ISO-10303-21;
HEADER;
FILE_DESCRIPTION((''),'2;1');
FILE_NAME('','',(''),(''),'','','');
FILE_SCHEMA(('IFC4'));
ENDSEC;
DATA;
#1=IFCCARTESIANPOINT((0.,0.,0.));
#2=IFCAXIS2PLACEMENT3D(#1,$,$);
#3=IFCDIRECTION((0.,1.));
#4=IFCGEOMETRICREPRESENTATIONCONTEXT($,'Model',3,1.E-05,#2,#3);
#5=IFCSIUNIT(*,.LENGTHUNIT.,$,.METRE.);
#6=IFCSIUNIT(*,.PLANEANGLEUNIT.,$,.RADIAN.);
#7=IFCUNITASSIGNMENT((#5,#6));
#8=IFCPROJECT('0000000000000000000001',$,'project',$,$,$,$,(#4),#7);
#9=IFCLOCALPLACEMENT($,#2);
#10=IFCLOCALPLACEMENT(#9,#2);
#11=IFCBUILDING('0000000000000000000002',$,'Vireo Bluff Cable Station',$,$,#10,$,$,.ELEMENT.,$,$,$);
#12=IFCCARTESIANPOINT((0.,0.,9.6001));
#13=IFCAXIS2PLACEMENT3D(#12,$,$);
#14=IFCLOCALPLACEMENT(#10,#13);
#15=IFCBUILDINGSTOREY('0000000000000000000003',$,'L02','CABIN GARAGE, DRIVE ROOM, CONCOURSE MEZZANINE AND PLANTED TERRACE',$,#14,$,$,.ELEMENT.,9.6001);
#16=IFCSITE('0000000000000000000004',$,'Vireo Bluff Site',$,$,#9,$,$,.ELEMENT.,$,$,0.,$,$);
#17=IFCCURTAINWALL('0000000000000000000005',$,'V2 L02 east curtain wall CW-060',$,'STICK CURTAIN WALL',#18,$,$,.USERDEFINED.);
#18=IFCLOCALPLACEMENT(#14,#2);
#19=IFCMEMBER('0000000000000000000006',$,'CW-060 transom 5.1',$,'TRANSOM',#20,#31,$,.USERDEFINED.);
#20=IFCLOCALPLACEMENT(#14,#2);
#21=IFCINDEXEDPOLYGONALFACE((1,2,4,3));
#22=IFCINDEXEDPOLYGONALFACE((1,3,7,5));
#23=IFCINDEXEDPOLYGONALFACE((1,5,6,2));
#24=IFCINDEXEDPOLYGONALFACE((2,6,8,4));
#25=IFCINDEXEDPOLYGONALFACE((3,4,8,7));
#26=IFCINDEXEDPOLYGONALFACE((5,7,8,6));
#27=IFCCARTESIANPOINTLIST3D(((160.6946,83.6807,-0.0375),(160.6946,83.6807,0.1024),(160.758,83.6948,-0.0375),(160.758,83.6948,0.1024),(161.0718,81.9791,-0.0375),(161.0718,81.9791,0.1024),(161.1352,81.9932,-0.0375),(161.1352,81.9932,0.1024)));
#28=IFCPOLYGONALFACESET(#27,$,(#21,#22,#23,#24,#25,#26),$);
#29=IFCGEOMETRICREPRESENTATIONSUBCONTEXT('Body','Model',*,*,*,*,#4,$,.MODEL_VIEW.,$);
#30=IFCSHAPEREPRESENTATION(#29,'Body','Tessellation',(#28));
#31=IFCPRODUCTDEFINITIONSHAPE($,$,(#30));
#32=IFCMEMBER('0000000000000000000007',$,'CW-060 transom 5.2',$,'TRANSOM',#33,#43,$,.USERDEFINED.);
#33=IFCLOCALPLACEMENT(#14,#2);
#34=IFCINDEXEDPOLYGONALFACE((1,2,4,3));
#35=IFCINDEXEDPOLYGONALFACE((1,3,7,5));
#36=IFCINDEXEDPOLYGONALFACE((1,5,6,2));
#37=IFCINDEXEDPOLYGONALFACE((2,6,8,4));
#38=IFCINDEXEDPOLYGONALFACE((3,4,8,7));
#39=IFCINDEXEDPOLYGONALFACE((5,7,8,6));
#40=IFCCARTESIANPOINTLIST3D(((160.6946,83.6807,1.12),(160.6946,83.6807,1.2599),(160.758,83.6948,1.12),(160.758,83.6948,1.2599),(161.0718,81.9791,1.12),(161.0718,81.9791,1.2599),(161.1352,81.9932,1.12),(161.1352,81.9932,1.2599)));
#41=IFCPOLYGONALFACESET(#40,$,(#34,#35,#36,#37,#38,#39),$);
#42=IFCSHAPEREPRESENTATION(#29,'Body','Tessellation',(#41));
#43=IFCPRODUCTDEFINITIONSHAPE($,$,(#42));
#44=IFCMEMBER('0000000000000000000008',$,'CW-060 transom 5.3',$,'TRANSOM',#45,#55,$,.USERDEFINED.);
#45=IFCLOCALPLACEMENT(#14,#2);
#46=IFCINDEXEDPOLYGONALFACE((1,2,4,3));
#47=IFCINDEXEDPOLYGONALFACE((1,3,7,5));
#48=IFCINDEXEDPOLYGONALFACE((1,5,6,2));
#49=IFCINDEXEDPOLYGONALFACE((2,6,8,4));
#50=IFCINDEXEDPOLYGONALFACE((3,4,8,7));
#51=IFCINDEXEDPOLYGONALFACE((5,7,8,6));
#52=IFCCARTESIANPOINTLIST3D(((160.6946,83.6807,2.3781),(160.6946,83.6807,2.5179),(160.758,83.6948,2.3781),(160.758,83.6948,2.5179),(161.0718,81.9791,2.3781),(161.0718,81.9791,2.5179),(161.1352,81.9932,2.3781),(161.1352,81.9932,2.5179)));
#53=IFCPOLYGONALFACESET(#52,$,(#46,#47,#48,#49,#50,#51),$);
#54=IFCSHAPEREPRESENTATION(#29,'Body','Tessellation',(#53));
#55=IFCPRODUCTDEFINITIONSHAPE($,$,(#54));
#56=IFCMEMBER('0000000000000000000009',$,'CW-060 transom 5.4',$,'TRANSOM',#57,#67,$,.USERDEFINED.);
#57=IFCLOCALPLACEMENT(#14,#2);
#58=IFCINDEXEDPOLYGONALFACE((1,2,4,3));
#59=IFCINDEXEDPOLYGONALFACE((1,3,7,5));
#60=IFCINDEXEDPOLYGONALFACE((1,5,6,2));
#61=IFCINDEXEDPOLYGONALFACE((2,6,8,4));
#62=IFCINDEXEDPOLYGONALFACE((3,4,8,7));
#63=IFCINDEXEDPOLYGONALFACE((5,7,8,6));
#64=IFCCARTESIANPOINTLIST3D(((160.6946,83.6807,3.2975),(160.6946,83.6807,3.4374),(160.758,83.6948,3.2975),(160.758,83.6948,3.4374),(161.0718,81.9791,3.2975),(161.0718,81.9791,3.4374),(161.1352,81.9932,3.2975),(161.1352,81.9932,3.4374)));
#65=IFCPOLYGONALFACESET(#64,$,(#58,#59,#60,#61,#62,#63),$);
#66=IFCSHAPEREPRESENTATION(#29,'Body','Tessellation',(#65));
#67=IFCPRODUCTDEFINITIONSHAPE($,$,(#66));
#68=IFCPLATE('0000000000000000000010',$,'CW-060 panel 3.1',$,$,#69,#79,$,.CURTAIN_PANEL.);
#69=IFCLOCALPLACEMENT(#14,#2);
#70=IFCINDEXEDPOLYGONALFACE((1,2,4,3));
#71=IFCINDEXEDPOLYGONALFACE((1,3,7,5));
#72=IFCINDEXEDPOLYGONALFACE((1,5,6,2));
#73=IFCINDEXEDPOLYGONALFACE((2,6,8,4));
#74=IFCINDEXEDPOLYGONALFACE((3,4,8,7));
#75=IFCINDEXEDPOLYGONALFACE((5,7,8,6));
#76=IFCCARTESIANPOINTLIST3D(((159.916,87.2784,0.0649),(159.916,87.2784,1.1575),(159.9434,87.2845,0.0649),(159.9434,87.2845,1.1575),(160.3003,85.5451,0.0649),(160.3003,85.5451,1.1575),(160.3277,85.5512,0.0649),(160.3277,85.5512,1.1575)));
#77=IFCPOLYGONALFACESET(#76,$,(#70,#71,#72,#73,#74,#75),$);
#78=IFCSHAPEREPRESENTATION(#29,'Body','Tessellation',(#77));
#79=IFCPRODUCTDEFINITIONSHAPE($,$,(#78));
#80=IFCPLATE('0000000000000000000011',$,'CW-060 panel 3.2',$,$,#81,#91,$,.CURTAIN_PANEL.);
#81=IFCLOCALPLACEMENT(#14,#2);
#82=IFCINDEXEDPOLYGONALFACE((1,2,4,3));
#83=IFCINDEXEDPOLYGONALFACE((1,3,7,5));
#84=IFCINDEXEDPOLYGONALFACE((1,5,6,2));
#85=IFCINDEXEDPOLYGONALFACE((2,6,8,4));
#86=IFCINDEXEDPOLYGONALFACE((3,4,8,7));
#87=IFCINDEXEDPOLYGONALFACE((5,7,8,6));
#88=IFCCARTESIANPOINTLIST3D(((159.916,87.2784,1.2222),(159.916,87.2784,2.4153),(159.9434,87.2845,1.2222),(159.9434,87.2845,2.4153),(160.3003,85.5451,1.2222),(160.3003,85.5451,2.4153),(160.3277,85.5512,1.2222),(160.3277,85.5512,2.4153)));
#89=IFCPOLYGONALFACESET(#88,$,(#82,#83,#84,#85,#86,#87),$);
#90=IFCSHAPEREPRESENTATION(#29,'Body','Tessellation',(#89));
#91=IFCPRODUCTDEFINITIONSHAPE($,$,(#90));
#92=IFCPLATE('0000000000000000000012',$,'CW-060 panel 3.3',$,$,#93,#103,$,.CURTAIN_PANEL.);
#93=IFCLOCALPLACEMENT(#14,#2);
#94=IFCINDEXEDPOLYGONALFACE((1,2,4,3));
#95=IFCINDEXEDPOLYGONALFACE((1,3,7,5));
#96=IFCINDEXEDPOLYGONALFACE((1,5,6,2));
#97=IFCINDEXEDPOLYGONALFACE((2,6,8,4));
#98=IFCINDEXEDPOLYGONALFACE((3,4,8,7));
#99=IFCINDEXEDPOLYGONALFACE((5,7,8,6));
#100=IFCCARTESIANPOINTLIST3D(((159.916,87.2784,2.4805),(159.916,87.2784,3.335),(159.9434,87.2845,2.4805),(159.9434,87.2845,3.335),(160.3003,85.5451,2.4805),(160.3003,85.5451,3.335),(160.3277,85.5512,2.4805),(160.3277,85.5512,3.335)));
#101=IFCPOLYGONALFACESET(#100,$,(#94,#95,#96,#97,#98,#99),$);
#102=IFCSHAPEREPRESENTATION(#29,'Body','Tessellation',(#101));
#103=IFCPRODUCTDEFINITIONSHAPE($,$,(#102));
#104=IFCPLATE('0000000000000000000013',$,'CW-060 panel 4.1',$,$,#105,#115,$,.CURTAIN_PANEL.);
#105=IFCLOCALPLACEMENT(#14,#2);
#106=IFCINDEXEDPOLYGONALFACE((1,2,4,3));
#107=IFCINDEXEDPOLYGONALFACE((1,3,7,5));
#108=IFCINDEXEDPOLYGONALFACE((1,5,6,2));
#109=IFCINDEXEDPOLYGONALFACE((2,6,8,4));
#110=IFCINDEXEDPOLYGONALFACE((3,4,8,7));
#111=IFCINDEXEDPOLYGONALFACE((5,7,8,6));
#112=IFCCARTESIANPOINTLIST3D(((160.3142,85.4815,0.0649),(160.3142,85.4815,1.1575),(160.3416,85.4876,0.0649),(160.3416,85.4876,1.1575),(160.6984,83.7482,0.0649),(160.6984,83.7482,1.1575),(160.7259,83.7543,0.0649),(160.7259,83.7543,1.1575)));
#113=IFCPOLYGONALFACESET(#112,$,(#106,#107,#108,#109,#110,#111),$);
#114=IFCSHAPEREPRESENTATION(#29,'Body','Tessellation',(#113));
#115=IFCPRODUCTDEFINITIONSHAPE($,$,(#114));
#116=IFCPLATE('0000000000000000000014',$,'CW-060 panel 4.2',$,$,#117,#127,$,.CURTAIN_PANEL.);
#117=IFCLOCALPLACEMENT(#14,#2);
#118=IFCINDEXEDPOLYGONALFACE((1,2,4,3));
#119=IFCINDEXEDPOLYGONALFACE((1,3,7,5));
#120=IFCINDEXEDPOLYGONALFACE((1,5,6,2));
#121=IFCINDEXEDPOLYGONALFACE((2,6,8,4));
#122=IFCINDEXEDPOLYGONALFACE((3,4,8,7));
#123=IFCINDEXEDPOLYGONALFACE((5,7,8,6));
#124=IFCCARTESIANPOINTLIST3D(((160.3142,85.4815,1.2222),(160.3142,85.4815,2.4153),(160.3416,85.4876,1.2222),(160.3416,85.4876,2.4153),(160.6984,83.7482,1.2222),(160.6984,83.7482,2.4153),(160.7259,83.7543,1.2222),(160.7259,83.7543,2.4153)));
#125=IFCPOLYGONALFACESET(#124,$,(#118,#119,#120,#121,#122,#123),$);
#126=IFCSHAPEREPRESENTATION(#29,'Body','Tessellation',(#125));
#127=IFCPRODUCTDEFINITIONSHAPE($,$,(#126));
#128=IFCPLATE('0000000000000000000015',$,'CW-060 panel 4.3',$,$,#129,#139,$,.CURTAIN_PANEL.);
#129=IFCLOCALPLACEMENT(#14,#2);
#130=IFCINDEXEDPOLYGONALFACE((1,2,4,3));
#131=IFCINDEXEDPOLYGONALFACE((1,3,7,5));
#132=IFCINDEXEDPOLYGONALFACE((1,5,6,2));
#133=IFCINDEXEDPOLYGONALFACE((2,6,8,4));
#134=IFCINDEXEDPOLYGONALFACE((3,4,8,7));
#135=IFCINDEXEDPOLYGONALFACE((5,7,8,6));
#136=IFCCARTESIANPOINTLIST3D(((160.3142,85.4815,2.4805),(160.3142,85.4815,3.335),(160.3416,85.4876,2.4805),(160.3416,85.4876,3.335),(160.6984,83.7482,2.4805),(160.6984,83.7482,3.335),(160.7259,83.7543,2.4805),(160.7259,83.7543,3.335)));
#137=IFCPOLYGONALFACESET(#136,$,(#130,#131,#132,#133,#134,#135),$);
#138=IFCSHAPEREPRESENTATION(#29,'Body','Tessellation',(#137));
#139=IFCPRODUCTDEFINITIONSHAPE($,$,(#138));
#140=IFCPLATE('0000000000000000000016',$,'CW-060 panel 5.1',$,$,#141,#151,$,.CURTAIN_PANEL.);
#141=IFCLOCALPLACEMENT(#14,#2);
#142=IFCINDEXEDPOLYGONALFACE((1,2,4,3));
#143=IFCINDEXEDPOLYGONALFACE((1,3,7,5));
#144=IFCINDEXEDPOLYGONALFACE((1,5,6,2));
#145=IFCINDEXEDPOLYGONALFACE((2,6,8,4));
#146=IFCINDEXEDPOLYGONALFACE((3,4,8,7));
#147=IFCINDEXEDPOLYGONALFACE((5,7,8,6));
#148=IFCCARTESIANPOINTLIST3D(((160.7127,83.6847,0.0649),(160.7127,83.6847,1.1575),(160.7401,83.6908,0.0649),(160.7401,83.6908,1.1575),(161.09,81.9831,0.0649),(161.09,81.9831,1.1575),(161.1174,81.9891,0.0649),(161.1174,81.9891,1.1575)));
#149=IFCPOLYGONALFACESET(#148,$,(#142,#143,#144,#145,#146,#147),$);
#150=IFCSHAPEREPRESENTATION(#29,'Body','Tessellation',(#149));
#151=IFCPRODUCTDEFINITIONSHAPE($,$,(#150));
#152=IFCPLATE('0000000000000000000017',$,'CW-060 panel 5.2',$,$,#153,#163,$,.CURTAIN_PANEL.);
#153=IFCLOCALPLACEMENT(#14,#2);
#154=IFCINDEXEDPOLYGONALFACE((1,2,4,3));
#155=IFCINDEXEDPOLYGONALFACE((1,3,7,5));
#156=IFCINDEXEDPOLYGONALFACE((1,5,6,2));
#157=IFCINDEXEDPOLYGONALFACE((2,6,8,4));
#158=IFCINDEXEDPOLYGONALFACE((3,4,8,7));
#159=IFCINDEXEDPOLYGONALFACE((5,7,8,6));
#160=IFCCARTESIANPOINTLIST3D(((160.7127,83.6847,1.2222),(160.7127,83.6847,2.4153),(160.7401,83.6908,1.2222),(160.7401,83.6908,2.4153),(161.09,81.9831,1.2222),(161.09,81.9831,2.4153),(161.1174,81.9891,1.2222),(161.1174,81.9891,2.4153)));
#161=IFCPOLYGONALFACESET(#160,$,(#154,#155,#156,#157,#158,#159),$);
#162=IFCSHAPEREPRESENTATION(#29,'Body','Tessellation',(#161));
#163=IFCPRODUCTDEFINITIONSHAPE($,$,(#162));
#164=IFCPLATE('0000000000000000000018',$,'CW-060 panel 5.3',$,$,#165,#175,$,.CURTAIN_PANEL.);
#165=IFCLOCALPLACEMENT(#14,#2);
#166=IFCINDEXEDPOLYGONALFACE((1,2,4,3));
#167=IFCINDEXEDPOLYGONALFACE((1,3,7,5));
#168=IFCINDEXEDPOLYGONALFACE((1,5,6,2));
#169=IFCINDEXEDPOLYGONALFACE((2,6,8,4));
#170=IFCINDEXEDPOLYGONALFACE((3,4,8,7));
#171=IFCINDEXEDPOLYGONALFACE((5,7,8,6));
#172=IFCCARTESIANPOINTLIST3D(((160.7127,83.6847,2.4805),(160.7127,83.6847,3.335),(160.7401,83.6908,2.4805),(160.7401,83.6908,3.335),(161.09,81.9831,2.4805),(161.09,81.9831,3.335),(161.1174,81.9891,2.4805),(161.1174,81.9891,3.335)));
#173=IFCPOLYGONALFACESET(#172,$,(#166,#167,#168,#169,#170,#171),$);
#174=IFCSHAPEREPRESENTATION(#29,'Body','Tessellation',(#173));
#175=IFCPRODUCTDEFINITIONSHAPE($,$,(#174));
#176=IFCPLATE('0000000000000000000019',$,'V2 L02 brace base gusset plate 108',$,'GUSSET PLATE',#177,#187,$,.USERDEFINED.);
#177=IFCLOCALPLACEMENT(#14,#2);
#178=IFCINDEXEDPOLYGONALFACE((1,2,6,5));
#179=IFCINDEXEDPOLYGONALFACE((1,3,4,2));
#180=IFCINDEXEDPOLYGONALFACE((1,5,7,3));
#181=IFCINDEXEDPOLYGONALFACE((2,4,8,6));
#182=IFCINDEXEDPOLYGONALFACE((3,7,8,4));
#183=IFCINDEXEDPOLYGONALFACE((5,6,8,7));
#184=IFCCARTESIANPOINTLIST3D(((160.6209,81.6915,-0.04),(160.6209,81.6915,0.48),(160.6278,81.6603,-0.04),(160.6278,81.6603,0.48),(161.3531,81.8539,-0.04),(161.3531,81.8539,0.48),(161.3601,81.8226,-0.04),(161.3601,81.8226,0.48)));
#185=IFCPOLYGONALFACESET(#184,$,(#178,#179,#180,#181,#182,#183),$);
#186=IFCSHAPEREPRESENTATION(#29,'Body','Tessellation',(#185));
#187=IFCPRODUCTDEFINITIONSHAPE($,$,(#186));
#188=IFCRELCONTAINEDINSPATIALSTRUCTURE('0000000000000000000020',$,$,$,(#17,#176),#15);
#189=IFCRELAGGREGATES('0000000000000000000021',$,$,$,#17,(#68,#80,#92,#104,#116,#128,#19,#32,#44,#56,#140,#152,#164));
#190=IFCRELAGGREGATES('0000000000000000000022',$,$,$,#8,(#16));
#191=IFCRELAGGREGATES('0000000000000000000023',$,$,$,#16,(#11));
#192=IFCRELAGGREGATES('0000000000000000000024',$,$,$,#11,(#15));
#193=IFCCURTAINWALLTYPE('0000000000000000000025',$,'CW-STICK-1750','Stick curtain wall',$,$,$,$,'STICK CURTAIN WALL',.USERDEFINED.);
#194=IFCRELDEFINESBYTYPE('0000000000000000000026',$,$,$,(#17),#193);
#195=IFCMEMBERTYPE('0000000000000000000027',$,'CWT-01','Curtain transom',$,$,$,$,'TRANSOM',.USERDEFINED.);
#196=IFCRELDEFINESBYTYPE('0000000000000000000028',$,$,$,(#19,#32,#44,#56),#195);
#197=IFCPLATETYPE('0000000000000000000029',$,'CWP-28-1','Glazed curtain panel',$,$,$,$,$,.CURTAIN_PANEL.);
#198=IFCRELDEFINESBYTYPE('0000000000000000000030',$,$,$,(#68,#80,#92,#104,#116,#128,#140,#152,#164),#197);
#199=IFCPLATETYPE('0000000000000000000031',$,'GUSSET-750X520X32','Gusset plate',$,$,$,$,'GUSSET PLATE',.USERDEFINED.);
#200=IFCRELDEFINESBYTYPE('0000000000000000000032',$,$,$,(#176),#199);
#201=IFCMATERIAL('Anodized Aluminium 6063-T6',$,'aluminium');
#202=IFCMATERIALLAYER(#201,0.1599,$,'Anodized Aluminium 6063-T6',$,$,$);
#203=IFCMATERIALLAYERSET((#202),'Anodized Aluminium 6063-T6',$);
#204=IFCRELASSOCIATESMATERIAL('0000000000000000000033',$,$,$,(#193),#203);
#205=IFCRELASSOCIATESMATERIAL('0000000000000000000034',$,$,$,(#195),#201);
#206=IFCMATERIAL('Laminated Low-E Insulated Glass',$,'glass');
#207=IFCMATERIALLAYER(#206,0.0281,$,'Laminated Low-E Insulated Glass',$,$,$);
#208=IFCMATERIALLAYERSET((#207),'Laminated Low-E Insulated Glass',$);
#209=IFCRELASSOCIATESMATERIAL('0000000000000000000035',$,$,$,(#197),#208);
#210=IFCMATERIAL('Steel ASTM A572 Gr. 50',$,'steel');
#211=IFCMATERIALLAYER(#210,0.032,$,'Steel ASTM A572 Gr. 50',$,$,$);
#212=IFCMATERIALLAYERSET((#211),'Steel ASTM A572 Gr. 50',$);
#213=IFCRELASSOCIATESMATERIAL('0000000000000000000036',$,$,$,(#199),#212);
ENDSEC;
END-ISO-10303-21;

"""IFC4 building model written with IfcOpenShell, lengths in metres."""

from ifc_helpers import new_model, si_unit, direction, frame, origin, origin_2d, place, context, subcontext, project, spatial, rectangle, extrude, material, layer, layer_set, material_profile, profile_set, type_object, element, aggregate, save


model = new_model("IFC4")

# Units and contexts
model_context = context("Model", 3, precision=1e-05, world=origin(), true_north=direction((0.0, 1.0)))
body_context = subcontext(model_context, "Body", "Model", "MODEL_VIEW")
ifc_project = project(units=[si_unit("LENGTHUNIT", "METRE"), si_unit("PLANEANGLEUNIT", "RADIAN")], contexts=[model_context])

# Site, building, storey
site_placement = place(None, origin())
site = spatial("IfcSite", under=ifc_project, at=site_placement, Name="Vireo Bluff Site", CompositionType="ELEMENT", RefElevation=0.0)
building_placement = place(site_placement, origin())
building = spatial("IfcBuilding", under=site, at=building_placement, Name="Vireo Bluff Cable Station", CompositionType="ELEMENT")
storey_placement = place(building_placement, frame((0.0, 0.0, 9.6001)))
storey = spatial("IfcBuildingStorey", under=building, at=storey_placement, Name="L02", Description="CABIN GARAGE, DRIVE ROOM, CONCOURSE MEZZANINE AND PLANTED TERRACE", CompositionType="ELEMENT", Elevation=9.6001)

# Curtain wall, members, plates
ifc_material_1 = material(Name="Anodized Aluminium 6063-T6", Category="aluminium")
ifc_layer_1 = layer(ifc_material_1, 0.1599, Name="Anodized Aluminium 6063-T6")
ifc_layer_set_1 = layer_set([ifc_layer_1], Name="Anodized Aluminium 6063-T6")
curtain_wall_type = type_object("IfcCurtainWallType", Name="CW-STICK-1750", Description="Stick curtain wall", ElementType="STICK CURTAIN WALL", PredefinedType="USERDEFINED", material=ifc_layer_set_1)
curtain_wall_placement = place(storey_placement, origin())
curtain_wall = element("IfcCurtainWall", 1, at=curtain_wall_placement, inside=storey, type_object=curtain_wall_type, Name="V2 L02 east curtain wall CW-060", ObjectType="STICK CURTAIN WALL", PredefinedType="USERDEFINED")
ifc_material_profile_1 = material_profile(ifc_material_1, rectangle(XDim=0.0649, YDim=0.1399, at=origin_2d()), Name="ALU-T-65X140")
ifc_profile_set_1 = profile_set([ifc_material_profile_1], Name="Anodized Aluminium 6063-T6")
member_type_1 = type_object("IfcMemberType", Name="CWT-01", Description="Curtain transom", ElementType="TRANSOM", PredefinedType="USERDEFINED", material=ifc_profile_set_1)
member_1_placement = place(storey_placement, frame((160.7263, 83.6877, 0.0325), z_axis=(0.216411, -0.976302, 0.0), x_axis=(0.976302, 0.216411, 0.0)))
member_1 = element("IfcMember", 2, at=member_1_placement, type_object=member_type_1, Name="CW-060 transom 5.1", ObjectType="TRANSOM", PredefinedType="USERDEFINED", context=body_context, shape_type="SweptSolid", body=[
    extrude(rectangle(XDim=0.0649, YDim=0.1399, at=origin_2d()), origin(), (0.0, 0.0, 1.0), 1.7429),
])
member_2_placement = place(storey_placement, frame((160.7263, 83.6877, 1.1899), z_axis=(0.216411, -0.976302, 0.0), x_axis=(0.976302, 0.216411, 0.0)))
member_2 = element("IfcMember", 3, at=member_2_placement, type_object=member_type_1, Name="CW-060 transom 5.2", ObjectType="TRANSOM", PredefinedType="USERDEFINED", context=body_context, shape_type="SweptSolid", body=[
    extrude(rectangle(XDim=0.0649, YDim=0.1399, at=origin_2d()), origin(), (0.0, 0.0, 1.0), 1.7429),
])
member_3_placement = place(storey_placement, frame((160.7263, 83.6877, 2.448), z_axis=(0.216411, -0.976302, 0.0), x_axis=(0.976302, 0.216411, 0.0)))
member_3 = element("IfcMember", 4, at=member_3_placement, type_object=member_type_1, Name="CW-060 transom 5.3", ObjectType="TRANSOM", PredefinedType="USERDEFINED", context=body_context, shape_type="SweptSolid", body=[
    extrude(rectangle(XDim=0.0649, YDim=0.1399, at=origin_2d()), origin(), (0.0, 0.0, 1.0), 1.7429),
])
member_4_placement = place(storey_placement, frame((160.7263, 83.6877, 3.3674), z_axis=(0.216411, -0.976302, 0.0), x_axis=(0.976302, 0.216411, 0.0)))
member_4 = element("IfcMember", 5, at=member_4_placement, type_object=member_type_1, Name="CW-060 transom 5.4", ObjectType="TRANSOM", PredefinedType="USERDEFINED", context=body_context, shape_type="SweptSolid", body=[
    extrude(rectangle(XDim=0.0649, YDim=0.1399, at=origin_2d()), origin(), (0.0, 0.0, 1.0), 1.7429),
])
ifc_material_2 = material(Name="Laminated Low-E Insulated Glass", Category="glass")
ifc_layer_2 = layer(ifc_material_2, 0.0281, Name="Laminated Low-E Insulated Glass")
ifc_layer_set_2 = layer_set([ifc_layer_2], Name="Laminated Low-E Insulated Glass")
plate_type_1 = type_object("IfcPlateType", Name="CWP-28-1", Description="Glazed curtain panel", PredefinedType="CURTAIN_PANEL", material=ifc_layer_set_2)
plate_1_placement = place(storey_placement, frame((160.1218, 86.4148, 0.0649), z_axis=(0.0, 0.0, 1.0), x_axis=(0.21644, -0.976296, 0.0)))
plate_1 = element("IfcPlate", 6, at=plate_1_placement, type_object=plate_type_1, Name="CW-060 panel 3.1", PredefinedType="CURTAIN_PANEL", context=body_context, shape_type="SweptSolid", body=[
    extrude(rectangle(XDim=1.7754, YDim=0.0281, at=origin_2d()), origin(), (0.0, 0.0, 1.0), 1.0925),
])
plate_2_placement = place(storey_placement, frame((160.1218, 86.4148, 1.2222), z_axis=(0.0, 0.0, 1.0), x_axis=(0.21644, -0.976296, 0.0)))
plate_2 = element("IfcPlate", 7, at=plate_2_placement, type_object=plate_type_1, Name="CW-060 panel 3.2", PredefinedType="CURTAIN_PANEL", context=body_context, shape_type="SweptSolid", body=[
    extrude(rectangle(XDim=1.7754, YDim=0.0281, at=origin_2d()), origin(), (0.0, 0.0, 1.0), 1.1931),
])
plate_3_placement = place(storey_placement, frame((160.1218, 86.4148, 2.4805), z_axis=(0.0, 0.0, 1.0), x_axis=(0.21644, -0.976296, 0.0)))
plate_3 = element("IfcPlate", 8, at=plate_3_placement, type_object=plate_type_1, Name="CW-060 panel 3.3", PredefinedType="CURTAIN_PANEL", context=body_context, shape_type="SweptSolid", body=[
    extrude(rectangle(XDim=1.7754, YDim=0.0281, at=origin_2d()), origin(), (0.0, 0.0, 1.0), 0.8545),
])
plate_4_placement = place(storey_placement, frame((160.52, 84.6179, 0.0649), z_axis=(0.0, 0.0, 1.0), x_axis=(0.21644, -0.976296, 0.0)))
plate_4 = element("IfcPlate", 9, at=plate_4_placement, type_object=plate_type_1, Name="CW-060 panel 4.1", PredefinedType="CURTAIN_PANEL", context=body_context, shape_type="SweptSolid", body=[
    extrude(rectangle(XDim=1.7754, YDim=0.0281, at=origin_2d()), origin(), (0.0, 0.0, 1.0), 1.0925),
])
plate_5_placement = place(storey_placement, frame((160.52, 84.6179, 1.2222), z_axis=(0.0, 0.0, 1.0), x_axis=(0.21644, -0.976296, 0.0)))
plate_5 = element("IfcPlate", 10, at=plate_5_placement, type_object=plate_type_1, Name="CW-060 panel 4.2", PredefinedType="CURTAIN_PANEL", context=body_context, shape_type="SweptSolid", body=[
    extrude(rectangle(XDim=1.7754, YDim=0.0281, at=origin_2d()), origin(), (0.0, 0.0, 1.0), 1.1931),
])
plate_6_placement = place(storey_placement, frame((160.52, 84.6179, 2.4805), z_axis=(0.0, 0.0, 1.0), x_axis=(0.21644, -0.976296, 0.0)))
plate_6 = element("IfcPlate", 11, at=plate_6_placement, type_object=plate_type_1, Name="CW-060 panel 4.3", PredefinedType="CURTAIN_PANEL", context=body_context, shape_type="SweptSolid", body=[
    extrude(rectangle(XDim=1.7754, YDim=0.0281, at=origin_2d()), origin(), (0.0, 0.0, 1.0), 0.8545),
])
plate_7_placement = place(storey_placement, frame((160.915, 82.8369, 0.0649), z_axis=(0.0, 0.0, 1.0), x_axis=(0.21644, -0.976296, 0.0)))
plate_7 = element("IfcPlate", 12, at=plate_7_placement, type_object=plate_type_1, Name="CW-060 panel 5.1", PredefinedType="CURTAIN_PANEL", context=body_context, shape_type="SweptSolid", body=[
    extrude(rectangle(XDim=1.7429, YDim=0.0281, at=origin_2d()), origin(), (0.0, 0.0, 1.0), 1.0925),
])
plate_8_placement = place(storey_placement, frame((160.915, 82.8369, 1.2222), z_axis=(0.0, 0.0, 1.0), x_axis=(0.21644, -0.976296, 0.0)))
plate_8 = element("IfcPlate", 13, at=plate_8_placement, type_object=plate_type_1, Name="CW-060 panel 5.2", PredefinedType="CURTAIN_PANEL", context=body_context, shape_type="SweptSolid", body=[
    extrude(rectangle(XDim=1.7429, YDim=0.0281, at=origin_2d()), origin(), (0.0, 0.0, 1.0), 1.1931),
])
plate_9_placement = place(storey_placement, frame((160.915, 82.8369, 2.4805), z_axis=(0.0, 0.0, 1.0), x_axis=(0.21644, -0.976296, 0.0)))
plate_9 = element("IfcPlate", 14, at=plate_9_placement, type_object=plate_type_1, Name="CW-060 panel 5.3", PredefinedType="CURTAIN_PANEL", context=body_context, shape_type="SweptSolid", body=[
    extrude(rectangle(XDim=1.7429, YDim=0.0281, at=origin_2d()), origin(), (0.0, 0.0, 1.0), 0.8545),
])
aggregate(curtain_wall, [plate_1, plate_2, plate_3, plate_4, plate_5, plate_6, member_1, member_2, member_3, member_4, plate_7, plate_8, plate_9])

# Plate
ifc_material_3 = material(Name="Steel ASTM A572 Gr. 50", Category="steel")
ifc_layer_3 = layer(ifc_material_3, 0.032, Name="Steel ASTM A572 Gr. 50")
ifc_layer_set_3 = layer_set([ifc_layer_3], Name="Steel ASTM A572 Gr. 50")
plate_type_2 = type_object("IfcPlateType", Name="GUSSET-750X520X32", Description="Gusset plate", ElementType="GUSSET PLATE", PredefinedType="USERDEFINED", material=ifc_layer_set_3)
plate_10_placement = place(storey_placement, frame((160.9905, 81.7571, -0.04), z_axis=(0.0, 0.0, 1.0), x_axis=(0.976296, 0.21644, 0.0)))
element("IfcPlate", 15, at=plate_10_placement, inside=storey, type_object=plate_type_2, Name="V2 L02 brace base gusset plate 108", ObjectType="GUSSET PLATE", PredefinedType="USERDEFINED", context=body_context, shape_type="SweptSolid", body=[
    extrude(rectangle(XDim=0.75, YDim=0.032, at=origin_2d()), origin(), (0.0, 0.0, 1.0), 0.52),
])

save(model, "model.ifc")
